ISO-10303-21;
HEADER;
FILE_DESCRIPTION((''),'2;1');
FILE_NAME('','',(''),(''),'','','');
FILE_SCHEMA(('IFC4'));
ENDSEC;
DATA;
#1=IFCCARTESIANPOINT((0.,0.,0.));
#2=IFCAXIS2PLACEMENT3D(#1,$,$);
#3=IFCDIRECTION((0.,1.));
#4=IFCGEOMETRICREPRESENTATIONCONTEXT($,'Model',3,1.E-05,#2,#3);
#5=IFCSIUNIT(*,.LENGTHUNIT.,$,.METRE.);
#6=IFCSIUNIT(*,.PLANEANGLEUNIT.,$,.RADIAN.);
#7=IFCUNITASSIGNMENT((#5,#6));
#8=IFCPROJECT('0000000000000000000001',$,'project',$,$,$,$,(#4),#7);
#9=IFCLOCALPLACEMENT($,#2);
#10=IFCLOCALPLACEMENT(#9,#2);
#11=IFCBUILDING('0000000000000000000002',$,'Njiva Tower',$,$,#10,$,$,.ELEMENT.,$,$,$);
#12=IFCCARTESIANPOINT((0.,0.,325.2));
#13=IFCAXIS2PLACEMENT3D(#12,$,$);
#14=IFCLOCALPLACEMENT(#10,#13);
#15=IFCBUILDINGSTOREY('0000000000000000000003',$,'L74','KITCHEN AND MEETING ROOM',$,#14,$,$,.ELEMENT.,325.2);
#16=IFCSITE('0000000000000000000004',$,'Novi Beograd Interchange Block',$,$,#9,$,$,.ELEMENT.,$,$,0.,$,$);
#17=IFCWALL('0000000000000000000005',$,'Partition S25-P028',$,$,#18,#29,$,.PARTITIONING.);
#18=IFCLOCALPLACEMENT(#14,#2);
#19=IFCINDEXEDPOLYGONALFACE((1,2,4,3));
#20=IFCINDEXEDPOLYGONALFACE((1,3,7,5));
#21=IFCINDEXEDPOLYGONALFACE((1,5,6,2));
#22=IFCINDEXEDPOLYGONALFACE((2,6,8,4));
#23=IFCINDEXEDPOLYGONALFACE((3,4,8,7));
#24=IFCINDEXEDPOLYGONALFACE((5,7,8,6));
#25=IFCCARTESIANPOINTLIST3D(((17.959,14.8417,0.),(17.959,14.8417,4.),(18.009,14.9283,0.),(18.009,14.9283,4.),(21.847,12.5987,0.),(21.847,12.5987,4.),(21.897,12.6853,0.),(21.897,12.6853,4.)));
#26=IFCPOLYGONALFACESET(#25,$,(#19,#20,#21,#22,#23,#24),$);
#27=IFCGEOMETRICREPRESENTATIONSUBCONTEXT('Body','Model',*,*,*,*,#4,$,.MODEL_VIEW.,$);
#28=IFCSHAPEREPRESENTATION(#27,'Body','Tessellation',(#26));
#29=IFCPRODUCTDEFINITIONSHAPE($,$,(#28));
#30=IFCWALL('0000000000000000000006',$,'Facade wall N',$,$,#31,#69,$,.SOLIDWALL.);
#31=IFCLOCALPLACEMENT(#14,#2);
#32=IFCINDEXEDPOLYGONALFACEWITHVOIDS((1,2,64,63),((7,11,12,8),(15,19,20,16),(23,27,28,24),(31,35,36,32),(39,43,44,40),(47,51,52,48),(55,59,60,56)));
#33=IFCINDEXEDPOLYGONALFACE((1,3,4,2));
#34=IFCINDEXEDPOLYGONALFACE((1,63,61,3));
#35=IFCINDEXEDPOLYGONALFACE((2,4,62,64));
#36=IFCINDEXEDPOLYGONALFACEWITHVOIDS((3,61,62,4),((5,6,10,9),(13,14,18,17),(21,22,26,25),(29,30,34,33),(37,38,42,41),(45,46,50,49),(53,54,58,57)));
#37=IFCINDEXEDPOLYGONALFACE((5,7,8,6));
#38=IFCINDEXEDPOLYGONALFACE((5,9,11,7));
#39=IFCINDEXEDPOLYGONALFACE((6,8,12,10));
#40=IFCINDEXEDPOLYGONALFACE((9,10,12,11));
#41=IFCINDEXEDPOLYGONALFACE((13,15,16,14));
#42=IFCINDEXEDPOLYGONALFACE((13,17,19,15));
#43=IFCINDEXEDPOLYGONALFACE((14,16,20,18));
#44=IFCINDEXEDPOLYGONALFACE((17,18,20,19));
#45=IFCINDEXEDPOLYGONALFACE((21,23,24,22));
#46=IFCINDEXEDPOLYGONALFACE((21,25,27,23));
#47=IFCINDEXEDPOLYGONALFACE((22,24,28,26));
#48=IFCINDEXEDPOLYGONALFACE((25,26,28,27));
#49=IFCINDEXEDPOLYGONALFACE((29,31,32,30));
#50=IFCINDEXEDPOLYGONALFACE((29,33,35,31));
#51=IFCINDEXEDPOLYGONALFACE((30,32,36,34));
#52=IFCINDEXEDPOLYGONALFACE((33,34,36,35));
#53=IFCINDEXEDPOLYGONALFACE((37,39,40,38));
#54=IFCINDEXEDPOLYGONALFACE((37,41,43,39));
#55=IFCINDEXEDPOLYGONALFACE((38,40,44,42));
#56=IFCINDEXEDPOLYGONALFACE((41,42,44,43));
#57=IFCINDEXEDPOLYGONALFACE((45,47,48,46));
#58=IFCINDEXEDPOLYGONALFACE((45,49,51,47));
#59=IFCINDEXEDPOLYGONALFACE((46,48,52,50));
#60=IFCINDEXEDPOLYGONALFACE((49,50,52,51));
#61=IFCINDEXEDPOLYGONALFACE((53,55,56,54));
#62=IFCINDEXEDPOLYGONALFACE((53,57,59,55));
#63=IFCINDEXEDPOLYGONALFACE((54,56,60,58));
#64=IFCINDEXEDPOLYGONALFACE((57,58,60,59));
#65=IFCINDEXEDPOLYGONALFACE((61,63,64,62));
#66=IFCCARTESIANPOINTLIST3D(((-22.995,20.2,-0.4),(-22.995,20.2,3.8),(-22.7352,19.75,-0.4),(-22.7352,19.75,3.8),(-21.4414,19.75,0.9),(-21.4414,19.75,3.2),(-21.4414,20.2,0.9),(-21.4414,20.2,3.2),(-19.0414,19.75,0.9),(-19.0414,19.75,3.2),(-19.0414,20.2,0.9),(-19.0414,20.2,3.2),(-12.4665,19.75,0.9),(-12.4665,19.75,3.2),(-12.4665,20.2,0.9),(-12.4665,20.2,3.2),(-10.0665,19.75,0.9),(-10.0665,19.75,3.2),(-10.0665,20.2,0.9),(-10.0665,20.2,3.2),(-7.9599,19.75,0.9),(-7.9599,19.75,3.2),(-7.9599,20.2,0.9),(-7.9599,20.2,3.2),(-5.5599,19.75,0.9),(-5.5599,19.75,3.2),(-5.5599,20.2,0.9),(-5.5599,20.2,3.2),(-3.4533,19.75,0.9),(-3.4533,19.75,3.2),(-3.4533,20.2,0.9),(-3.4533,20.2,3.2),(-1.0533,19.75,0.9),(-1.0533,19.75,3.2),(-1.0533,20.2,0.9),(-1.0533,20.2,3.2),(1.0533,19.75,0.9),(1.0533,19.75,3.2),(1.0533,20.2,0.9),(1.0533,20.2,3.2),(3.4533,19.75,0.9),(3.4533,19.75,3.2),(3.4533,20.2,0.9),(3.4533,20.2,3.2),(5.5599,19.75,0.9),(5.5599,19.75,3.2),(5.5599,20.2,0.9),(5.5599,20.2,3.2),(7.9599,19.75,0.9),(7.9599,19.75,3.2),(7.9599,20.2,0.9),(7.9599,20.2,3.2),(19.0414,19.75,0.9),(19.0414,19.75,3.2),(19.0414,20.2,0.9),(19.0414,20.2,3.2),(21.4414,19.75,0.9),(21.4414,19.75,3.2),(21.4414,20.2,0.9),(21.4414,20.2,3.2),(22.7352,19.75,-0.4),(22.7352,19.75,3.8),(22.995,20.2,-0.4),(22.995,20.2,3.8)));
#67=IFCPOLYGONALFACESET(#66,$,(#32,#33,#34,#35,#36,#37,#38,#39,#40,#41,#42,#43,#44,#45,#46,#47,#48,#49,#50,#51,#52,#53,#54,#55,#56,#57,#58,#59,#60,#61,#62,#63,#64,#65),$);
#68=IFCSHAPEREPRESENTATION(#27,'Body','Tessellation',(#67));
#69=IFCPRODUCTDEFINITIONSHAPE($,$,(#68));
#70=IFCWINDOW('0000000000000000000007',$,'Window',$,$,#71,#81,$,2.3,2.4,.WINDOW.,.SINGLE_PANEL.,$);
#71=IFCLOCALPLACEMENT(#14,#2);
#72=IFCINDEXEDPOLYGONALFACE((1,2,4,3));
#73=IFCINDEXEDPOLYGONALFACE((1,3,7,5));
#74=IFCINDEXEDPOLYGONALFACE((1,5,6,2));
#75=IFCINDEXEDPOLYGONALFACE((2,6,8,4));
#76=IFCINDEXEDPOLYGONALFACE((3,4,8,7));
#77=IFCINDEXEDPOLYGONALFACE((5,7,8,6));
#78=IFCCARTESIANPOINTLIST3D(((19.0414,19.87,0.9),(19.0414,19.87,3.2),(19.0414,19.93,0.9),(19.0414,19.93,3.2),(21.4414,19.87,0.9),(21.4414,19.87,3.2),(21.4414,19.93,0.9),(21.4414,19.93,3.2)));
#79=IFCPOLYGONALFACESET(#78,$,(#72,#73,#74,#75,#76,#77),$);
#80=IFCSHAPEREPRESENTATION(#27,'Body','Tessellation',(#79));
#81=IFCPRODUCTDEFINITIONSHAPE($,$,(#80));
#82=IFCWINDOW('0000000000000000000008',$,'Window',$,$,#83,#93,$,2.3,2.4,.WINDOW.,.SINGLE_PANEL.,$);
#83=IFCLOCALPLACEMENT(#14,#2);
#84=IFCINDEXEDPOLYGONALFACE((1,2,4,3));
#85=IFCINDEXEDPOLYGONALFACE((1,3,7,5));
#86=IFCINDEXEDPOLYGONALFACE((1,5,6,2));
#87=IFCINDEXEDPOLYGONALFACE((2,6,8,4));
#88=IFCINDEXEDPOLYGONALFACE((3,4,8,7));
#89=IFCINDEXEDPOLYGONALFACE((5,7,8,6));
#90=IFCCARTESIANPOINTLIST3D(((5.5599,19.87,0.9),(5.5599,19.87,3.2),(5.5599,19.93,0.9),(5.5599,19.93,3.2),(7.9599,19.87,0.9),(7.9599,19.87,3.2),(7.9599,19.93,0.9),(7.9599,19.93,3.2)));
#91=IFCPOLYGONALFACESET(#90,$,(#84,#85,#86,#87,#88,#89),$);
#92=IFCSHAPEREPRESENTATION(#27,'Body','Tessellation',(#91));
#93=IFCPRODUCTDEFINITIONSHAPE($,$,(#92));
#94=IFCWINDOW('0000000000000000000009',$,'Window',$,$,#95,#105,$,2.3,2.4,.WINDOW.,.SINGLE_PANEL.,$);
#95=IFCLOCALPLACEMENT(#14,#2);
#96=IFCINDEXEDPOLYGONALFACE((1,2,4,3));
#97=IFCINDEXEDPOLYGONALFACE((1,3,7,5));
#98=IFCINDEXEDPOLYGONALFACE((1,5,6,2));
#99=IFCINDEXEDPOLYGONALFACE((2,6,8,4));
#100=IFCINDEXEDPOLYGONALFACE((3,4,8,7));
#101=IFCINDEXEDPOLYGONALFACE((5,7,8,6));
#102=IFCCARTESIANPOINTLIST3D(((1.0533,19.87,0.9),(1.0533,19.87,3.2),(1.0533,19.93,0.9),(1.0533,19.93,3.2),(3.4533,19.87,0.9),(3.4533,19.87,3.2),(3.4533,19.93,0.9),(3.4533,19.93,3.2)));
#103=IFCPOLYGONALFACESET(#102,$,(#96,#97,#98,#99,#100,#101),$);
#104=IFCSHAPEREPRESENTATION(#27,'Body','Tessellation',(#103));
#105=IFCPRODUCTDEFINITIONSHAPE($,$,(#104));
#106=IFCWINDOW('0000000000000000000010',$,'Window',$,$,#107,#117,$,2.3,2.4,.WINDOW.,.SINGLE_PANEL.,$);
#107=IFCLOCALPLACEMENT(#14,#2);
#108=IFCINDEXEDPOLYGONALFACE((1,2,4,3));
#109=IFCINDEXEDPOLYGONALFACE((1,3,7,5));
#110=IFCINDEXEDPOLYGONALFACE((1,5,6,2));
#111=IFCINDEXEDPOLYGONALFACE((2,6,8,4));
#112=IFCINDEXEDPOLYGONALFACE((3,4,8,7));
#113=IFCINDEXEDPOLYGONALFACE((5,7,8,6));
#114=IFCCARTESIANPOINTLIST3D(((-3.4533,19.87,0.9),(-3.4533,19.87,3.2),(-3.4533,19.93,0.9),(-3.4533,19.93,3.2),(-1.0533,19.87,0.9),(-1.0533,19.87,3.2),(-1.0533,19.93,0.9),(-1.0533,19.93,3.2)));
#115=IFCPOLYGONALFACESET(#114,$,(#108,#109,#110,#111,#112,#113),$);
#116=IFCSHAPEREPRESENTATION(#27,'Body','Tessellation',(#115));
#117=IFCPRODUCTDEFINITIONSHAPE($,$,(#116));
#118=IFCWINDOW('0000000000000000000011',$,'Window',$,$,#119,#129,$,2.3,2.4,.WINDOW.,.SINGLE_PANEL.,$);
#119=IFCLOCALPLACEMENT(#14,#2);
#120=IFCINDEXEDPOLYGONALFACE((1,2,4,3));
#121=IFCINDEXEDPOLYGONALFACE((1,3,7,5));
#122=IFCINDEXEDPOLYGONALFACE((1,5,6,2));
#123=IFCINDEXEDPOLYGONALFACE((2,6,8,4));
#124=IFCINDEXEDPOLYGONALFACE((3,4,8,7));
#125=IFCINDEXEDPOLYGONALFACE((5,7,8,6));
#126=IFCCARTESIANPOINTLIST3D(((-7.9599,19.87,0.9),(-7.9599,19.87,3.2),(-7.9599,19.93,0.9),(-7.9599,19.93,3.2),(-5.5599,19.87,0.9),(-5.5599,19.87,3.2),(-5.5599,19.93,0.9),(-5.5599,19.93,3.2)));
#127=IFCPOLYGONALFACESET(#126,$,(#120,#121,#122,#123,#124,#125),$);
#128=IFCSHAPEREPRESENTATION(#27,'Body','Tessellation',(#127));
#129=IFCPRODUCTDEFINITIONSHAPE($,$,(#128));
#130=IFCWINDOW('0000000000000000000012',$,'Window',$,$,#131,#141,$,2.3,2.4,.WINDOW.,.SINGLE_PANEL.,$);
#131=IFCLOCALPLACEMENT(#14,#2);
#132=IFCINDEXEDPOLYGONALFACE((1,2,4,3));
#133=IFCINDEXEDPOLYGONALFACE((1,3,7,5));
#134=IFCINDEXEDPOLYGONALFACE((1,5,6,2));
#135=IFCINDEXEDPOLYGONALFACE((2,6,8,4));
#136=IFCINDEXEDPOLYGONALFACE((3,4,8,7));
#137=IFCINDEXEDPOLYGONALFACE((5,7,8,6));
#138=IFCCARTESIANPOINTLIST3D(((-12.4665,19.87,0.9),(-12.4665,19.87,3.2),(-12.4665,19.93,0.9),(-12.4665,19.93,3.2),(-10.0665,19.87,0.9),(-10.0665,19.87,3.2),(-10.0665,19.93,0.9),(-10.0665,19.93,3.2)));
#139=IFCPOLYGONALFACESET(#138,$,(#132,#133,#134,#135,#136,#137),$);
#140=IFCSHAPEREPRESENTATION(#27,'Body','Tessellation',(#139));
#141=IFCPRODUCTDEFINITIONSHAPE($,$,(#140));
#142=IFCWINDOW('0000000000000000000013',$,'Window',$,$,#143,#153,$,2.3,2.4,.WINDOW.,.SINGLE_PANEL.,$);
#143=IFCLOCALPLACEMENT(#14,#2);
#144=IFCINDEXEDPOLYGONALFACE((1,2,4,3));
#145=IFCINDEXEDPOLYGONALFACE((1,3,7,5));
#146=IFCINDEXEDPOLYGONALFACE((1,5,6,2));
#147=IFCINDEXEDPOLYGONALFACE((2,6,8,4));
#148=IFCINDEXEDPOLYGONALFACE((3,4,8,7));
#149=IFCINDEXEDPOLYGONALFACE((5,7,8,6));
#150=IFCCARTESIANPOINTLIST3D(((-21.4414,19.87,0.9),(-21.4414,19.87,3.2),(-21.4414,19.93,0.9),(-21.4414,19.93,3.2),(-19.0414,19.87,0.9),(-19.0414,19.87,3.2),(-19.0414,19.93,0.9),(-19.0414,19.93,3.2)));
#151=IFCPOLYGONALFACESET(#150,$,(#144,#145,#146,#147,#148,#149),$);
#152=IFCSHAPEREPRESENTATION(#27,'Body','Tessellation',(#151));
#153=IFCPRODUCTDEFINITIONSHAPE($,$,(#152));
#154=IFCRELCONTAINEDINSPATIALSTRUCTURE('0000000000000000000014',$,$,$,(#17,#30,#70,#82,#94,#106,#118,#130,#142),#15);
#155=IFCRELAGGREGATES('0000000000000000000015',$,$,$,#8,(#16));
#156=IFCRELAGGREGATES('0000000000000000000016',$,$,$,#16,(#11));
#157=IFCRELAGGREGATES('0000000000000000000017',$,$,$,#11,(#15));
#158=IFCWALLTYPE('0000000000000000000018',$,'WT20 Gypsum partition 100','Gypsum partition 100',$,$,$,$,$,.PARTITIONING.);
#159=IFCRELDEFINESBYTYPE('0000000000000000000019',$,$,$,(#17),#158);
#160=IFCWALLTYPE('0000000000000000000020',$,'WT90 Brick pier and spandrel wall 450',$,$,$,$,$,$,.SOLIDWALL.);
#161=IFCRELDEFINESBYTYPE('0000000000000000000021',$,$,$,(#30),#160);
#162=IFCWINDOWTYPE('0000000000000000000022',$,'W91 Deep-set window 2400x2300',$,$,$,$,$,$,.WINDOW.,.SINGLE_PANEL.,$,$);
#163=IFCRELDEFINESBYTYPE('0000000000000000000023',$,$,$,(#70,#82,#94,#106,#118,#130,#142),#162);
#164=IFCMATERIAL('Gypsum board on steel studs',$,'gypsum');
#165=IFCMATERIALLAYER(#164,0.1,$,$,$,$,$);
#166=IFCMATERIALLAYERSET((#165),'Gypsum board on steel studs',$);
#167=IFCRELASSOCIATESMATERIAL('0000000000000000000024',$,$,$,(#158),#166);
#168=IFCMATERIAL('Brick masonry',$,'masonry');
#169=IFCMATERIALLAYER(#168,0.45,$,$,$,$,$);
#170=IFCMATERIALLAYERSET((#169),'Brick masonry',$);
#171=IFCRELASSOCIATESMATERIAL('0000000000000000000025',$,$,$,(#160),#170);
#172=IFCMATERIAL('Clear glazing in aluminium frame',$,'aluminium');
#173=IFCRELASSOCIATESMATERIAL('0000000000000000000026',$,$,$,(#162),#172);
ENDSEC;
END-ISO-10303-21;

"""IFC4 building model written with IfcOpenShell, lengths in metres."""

from ifc_helpers import new_model, si_unit, direction, frame, frame_2d, origin, place, context, subcontext, project, spatial, polyline, rectangle, outline, extrude, material, layer, layer_set, type_object, element, fill, save


model = new_model("IFC4")

# Units and contexts
model_context = context("Model", 3, precision=1e-05, world=origin(), true_north=direction((0.0, 1.0)))
body_context = subcontext(model_context, "Body", "Model", "MODEL_VIEW")
ifc_project = project(units=[si_unit("LENGTHUNIT", "METRE"), si_unit("PLANEANGLEUNIT", "RADIAN")], contexts=[model_context])

# Site, building, storey
site_placement = place(None, origin())
site = spatial("IfcSite", under=ifc_project, at=site_placement, Name="Novi Beograd Interchange Block", CompositionType="ELEMENT", RefElevation=0.0)
building_placement = place(site_placement, origin())
building = spatial("IfcBuilding", under=site, at=building_placement, Name="Njiva Tower", CompositionType="ELEMENT")
storey_placement = place(building_placement, frame((0.0, 0.0, 325.2)))
storey = spatial("IfcBuildingStorey", under=building, at=storey_placement, Name="L74", Description="KITCHEN AND MEETING ROOM", CompositionType="ELEMENT", Elevation=325.2)

# Wall
ifc_material_1 = material(Name="Gypsum board on steel studs", Category="gypsum")
ifc_layer_1 = layer(ifc_material_1, 0.1)
ifc_layer_set_1 = layer_set([ifc_layer_1], Name="Gypsum board on steel studs")
wall_type_1 = type_object("IfcWallType", Name="WT20 Gypsum partition 100", Description="Gypsum partition 100", PredefinedType="PARTITIONING", material=ifc_layer_set_1)
wall_1_placement = place(storey_placement, frame((17.984, 14.885, 0.0), z_axis=(0.0, 0.0, 1.0), x_axis=(0.866193, -0.49971, 0.0)))
element("IfcWall", 1, at=wall_1_placement, inside=storey, type_object=wall_type_1, Name="Partition S25-P028", PredefinedType="PARTITIONING", context=body_context, shape_type="SweptSolid", body=[
    extrude(rectangle(XDim=4.4886, YDim=0.1, at=frame_2d((2.2443, 0.0))), origin(), (0.0, 0.0, 1.0), 4.0),
])

# Wall, openings, windows
ifc_material_2 = material(Name="Brick masonry", Category="masonry")
ifc_layer_2 = layer(ifc_material_2, 0.45)
ifc_layer_set_2 = layer_set([ifc_layer_2], Name="Brick masonry")
wall_type_2 = type_object("IfcWallType", Name="WT90 Brick pier and spandrel wall 450", PredefinedType="SOLIDWALL", material=ifc_layer_set_2)
wall_2_placement = place(storey_placement, frame((22.8651, 19.975, -0.4), z_axis=(0.0, 0.0, 1.0), x_axis=(-1.0, 0.0, 0.0)))
wall_2 = element("IfcWall", 2, at=wall_2_placement, inside=storey, type_object=wall_type_2, Name="Facade wall N", PredefinedType="SOLIDWALL", context=body_context, shape_type="SweptSolid", body=[
    extrude(outline(polyline([(-0.1299, -0.225), (45.8601, -0.225), (45.6003, 0.225), (0.1299, 0.225), (-0.1299, -0.225)])), origin(), (0.0, 0.0, 1.0), 4.2),
])
opening_1_placement = place(wall_2_placement, frame((1.4237, 0.0, 1.3)))
opening_1 = element("IfcOpeningElement", 3, at=opening_1_placement, cuts=wall_2, PredefinedType="OPENING", context=body_context, shape_type="SweptSolid", body=[
    extrude(rectangle(XDim=2.4, YDim=2.3, at=frame_2d((1.2, 1.15))), frame((0.0, 0.235, 0.0), z_axis=(0.0, -1.0, 0.0), x_axis=(1.0, 0.0, 0.0)), (0.0, 0.0, 1.0), 0.47),
])
opening_2_placement = place(wall_2_placement, frame((14.9052, 0.0, 1.3)))
opening_2 = element("IfcOpeningElement", 4, at=opening_2_placement, cuts=wall_2, PredefinedType="OPENING", context=body_context, shape_type="SweptSolid", body=[
    extrude(rectangle(XDim=2.4, YDim=2.3, at=frame_2d((1.2, 1.15))), frame((0.0, 0.235, 0.0), z_axis=(0.0, -1.0, 0.0), x_axis=(1.0, 0.0, 0.0)), (0.0, 0.0, 1.0), 0.47),
])
opening_3_placement = place(wall_2_placement, frame((19.4118, 0.0, 1.3)))
opening_3 = element("IfcOpeningElement", 5, at=opening_3_placement, cuts=wall_2, PredefinedType="OPENING", context=body_context, shape_type="SweptSolid", body=[
    extrude(rectangle(XDim=2.4, YDim=2.3, at=frame_2d((1.2, 1.15))), frame((0.0, 0.235, 0.0), z_axis=(0.0, -1.0, 0.0), x_axis=(1.0, 0.0, 0.0)), (0.0, 0.0, 1.0), 0.47),
])
opening_4_placement = place(wall_2_placement, frame((23.9184, 0.0, 1.3)))
opening_4 = element("IfcOpeningElement", 6, at=opening_4_placement, cuts=wall_2, PredefinedType="OPENING", context=body_context, shape_type="SweptSolid", body=[
    extrude(rectangle(XDim=2.4, YDim=2.3, at=frame_2d((1.2, 1.15))), frame((0.0, 0.235, 0.0), z_axis=(0.0, -1.0, 0.0), x_axis=(1.0, 0.0, 0.0)), (0.0, 0.0, 1.0), 0.47),
])
opening_5_placement = place(wall_2_placement, frame((28.425, 0.0, 1.3)))
opening_5 = element("IfcOpeningElement", 7, at=opening_5_placement, cuts=wall_2, PredefinedType="OPENING", context=body_context, shape_type="SweptSolid", body=[
    extrude(rectangle(XDim=2.4, YDim=2.3, at=frame_2d((1.2, 1.15))), frame((0.0, 0.235, 0.0), z_axis=(0.0, -1.0, 0.0), x_axis=(1.0, 0.0, 0.0)), (0.0, 0.0, 1.0), 0.47),
])
opening_6_placement = place(wall_2_placement, frame((32.9316, 0.0, 1.3)))
opening_6 = element("IfcOpeningElement", 8, at=opening_6_placement, cuts=wall_2, PredefinedType="OPENING", context=body_context, shape_type="SweptSolid", body=[
    extrude(rectangle(XDim=2.4, YDim=2.3, at=frame_2d((1.2, 1.15))), frame((0.0, 0.235, 0.0), z_axis=(0.0, -1.0, 0.0), x_axis=(1.0, 0.0, 0.0)), (0.0, 0.0, 1.0), 0.47),
])
opening_7_placement = place(wall_2_placement, frame((41.9065, 0.0, 1.3)))
opening_7 = element("IfcOpeningElement", 9, at=opening_7_placement, cuts=wall_2, PredefinedType="OPENING", context=body_context, shape_type="SweptSolid", body=[
    extrude(rectangle(XDim=2.4, YDim=2.3, at=frame_2d((1.2, 1.15))), frame((0.0, 0.235, 0.0), z_axis=(0.0, -1.0, 0.0), x_axis=(1.0, 0.0, 0.0)), (0.0, 0.0, 1.0), 0.47),
])
ifc_material_3 = material(Name="Clear glazing in aluminium frame", Category="aluminium")
window_type_1 = type_object("IfcWindowType", Name="W91 Deep-set window 2400x2300", PartitioningType="SINGLE_PANEL", PredefinedType="WINDOW", material=ifc_material_3)
window_1_placement = place(opening_1_placement, origin())
window_1 = element("IfcWindow", 10, at=window_1_placement, inside=storey, type_object=window_type_1, Name="Window", OverallHeight=2.3, OverallWidth=2.4, PartitioningType="SINGLE_PANEL", PredefinedType="WINDOW", context=body_context, shape_type="SweptSolid", body=[
    extrude(rectangle(XDim=2.4, YDim=2.3, at=frame_2d((1.2, 1.15))), frame((0.0, 0.105, 0.0), z_axis=(0.0, -1.0, 0.0), x_axis=(1.0, 0.0, 0.0)), (0.0, 0.0, 1.0), 0.06),
])
fill(opening_1, window_1)
window_2_placement = place(opening_2_placement, origin())
window_2 = element("IfcWindow", 11, at=window_2_placement, inside=storey, type_object=window_type_1, Name="Window", OverallHeight=2.3, OverallWidth=2.4, PartitioningType="SINGLE_PANEL", PredefinedType="WINDOW", context=body_context, shape_type="SweptSolid", body=[
    extrude(rectangle(XDim=2.4, YDim=2.3, at=frame_2d((1.2, 1.15))), frame((0.0, 0.105, 0.0), z_axis=(0.0, -1.0, 0.0), x_axis=(1.0, 0.0, 0.0)), (0.0, 0.0, 1.0), 0.06),
])
fill(opening_2, window_2)
window_3_placement = place(opening_3_placement, origin())
window_3 = element("IfcWindow", 12, at=window_3_placement, inside=storey, type_object=window_type_1, Name="Window", OverallHeight=2.3, OverallWidth=2.4, PartitioningType="SINGLE_PANEL", PredefinedType="WINDOW", context=body_context, shape_type="SweptSolid", body=[
    extrude(rectangle(XDim=2.4, YDim=2.3, at=frame_2d((1.2, 1.15))), frame((0.0, 0.105, 0.0), z_axis=(0.0, -1.0, 0.0), x_axis=(1.0, 0.0, 0.0)), (0.0, 0.0, 1.0), 0.06),
])
fill(opening_3, window_3)
window_4_placement = place(opening_4_placement, origin())
window_4 = element("IfcWindow", 13, at=window_4_placement, inside=storey, type_object=window_type_1, Name="Window", OverallHeight=2.3, OverallWidth=2.4, PartitioningType="SINGLE_PANEL", PredefinedType="WINDOW", context=body_context, shape_type="SweptSolid", body=[
    extrude(rectangle(XDim=2.4, YDim=2.3, at=frame_2d((1.2, 1.15))), frame((0.0, 0.105, 0.0), z_axis=(0.0, -1.0, 0.0), x_axis=(1.0, 0.0, 0.0)), (0.0, 0.0, 1.0), 0.06),
])
fill(opening_4, window_4)
window_5_placement = place(opening_5_placement, origin())
window_5 = element("IfcWindow", 14, at=window_5_placement, inside=storey, type_object=window_type_1, Name="Window", OverallHeight=2.3, OverallWidth=2.4, PartitioningType="SINGLE_PANEL", PredefinedType="WINDOW", context=body_context, shape_type="SweptSolid", body=[
    extrude(rectangle(XDim=2.4, YDim=2.3, at=frame_2d((1.2, 1.15))), frame((0.0, 0.105, 0.0), z_axis=(0.0, -1.0, 0.0), x_axis=(1.0, 0.0, 0.0)), (0.0, 0.0, 1.0), 0.06),
])
fill(opening_5, window_5)
window_6_placement = place(opening_6_placement, origin())
window_6 = element("IfcWindow", 15, at=window_6_placement, inside=storey, type_object=window_type_1, Name="Window", OverallHeight=2.3, OverallWidth=2.4, PartitioningType="SINGLE_PANEL", PredefinedType="WINDOW", context=body_context, shape_type="SweptSolid", body=[
    extrude(rectangle(XDim=2.4, YDim=2.3, at=frame_2d((1.2, 1.15))), frame((0.0, 0.105, 0.0), z_axis=(0.0, -1.0, 0.0), x_axis=(1.0, 0.0, 0.0)), (0.0, 0.0, 1.0), 0.06),
])
fill(opening_6, window_6)
window_7_placement = place(opening_7_placement, origin())
window_7 = element("IfcWindow", 16, at=window_7_placement, inside=storey, type_object=window_type_1, Name="Window", OverallHeight=2.3, OverallWidth=2.4, PartitioningType="SINGLE_PANEL", PredefinedType="WINDOW", context=body_context, shape_type="SweptSolid", body=[
    extrude(rectangle(XDim=2.4, YDim=2.3, at=frame_2d((1.2, 1.15))), frame((0.0, 0.105, 0.0), z_axis=(0.0, -1.0, 0.0), x_axis=(1.0, 0.0, 0.0)), (0.0, 0.0, 1.0), 0.06),
])
fill(opening_7, window_7)

save(model, "model.ifc")
